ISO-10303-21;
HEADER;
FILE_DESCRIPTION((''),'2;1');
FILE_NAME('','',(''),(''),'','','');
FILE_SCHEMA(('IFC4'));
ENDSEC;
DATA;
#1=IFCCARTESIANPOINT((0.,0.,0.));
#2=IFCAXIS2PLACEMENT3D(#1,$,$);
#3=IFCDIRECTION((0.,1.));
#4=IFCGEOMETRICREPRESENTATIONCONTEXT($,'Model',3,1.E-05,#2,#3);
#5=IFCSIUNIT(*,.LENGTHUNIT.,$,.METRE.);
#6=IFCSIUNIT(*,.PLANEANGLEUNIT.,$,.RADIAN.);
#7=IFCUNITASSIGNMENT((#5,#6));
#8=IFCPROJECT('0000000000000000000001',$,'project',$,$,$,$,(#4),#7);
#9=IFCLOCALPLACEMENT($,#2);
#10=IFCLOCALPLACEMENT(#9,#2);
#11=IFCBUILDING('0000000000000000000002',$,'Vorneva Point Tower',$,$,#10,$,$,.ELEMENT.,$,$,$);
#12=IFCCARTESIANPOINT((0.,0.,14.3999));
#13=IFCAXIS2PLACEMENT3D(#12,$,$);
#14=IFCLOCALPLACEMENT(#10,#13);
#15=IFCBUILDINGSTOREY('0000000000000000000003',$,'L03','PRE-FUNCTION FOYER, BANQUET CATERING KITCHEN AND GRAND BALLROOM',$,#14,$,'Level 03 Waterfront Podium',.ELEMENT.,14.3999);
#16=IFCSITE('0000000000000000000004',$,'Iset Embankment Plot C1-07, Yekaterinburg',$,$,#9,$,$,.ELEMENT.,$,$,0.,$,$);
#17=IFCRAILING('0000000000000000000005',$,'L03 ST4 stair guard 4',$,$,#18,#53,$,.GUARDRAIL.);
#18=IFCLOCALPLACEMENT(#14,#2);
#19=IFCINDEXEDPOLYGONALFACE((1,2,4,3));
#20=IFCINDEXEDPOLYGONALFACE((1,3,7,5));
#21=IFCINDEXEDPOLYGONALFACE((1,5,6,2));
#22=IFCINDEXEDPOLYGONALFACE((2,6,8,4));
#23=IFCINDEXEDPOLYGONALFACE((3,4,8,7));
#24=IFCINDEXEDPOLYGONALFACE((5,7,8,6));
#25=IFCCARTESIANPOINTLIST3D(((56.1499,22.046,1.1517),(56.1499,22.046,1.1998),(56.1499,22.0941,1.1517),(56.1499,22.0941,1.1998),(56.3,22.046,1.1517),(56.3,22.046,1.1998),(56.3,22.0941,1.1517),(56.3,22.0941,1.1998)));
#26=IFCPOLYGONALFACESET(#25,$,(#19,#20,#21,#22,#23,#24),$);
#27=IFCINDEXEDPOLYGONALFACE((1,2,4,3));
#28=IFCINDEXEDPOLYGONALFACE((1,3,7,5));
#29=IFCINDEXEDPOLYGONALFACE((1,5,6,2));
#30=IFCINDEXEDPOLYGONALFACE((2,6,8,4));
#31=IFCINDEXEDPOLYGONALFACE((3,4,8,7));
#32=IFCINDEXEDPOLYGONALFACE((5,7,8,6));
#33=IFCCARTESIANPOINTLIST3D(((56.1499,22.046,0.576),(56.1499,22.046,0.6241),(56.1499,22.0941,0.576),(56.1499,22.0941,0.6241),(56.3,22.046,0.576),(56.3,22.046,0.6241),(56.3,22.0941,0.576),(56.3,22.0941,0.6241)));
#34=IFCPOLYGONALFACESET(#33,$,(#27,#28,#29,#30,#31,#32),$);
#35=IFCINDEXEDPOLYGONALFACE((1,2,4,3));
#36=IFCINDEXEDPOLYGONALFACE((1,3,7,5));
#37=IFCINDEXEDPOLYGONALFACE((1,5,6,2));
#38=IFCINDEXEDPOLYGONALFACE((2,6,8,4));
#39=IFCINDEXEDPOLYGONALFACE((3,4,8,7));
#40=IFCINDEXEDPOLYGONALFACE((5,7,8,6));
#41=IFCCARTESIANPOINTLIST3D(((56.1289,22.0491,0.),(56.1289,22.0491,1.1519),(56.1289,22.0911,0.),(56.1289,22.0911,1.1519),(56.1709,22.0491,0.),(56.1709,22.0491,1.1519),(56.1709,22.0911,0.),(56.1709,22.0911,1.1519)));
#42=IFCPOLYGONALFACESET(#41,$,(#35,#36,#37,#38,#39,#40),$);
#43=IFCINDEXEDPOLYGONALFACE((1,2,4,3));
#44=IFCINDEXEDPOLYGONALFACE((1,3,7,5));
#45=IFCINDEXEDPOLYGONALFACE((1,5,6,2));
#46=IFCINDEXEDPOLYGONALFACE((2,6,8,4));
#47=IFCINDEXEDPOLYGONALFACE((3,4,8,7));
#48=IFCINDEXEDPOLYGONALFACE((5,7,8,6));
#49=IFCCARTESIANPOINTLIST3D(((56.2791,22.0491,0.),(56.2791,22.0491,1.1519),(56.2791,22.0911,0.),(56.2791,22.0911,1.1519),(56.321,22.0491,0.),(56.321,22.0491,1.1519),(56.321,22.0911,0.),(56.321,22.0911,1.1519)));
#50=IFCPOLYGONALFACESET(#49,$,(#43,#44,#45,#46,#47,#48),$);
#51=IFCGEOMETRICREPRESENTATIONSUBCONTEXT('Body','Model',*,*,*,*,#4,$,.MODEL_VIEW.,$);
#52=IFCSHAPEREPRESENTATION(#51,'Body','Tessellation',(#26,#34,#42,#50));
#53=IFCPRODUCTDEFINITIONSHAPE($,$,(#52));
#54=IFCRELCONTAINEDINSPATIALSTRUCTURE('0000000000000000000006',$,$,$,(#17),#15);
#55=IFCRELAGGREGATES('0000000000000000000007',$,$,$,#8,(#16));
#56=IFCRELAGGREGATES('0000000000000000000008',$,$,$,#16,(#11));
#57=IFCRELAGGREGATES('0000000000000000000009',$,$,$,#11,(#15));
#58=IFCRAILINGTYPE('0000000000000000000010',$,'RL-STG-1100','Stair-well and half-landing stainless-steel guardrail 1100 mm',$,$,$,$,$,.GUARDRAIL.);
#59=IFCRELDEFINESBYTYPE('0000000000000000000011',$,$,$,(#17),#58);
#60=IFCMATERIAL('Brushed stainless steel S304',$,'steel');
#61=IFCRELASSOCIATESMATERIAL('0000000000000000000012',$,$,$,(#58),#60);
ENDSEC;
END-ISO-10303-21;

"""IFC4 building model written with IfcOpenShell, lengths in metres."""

from ifc_helpers import new_model, si_unit, direction, frame, origin, origin_2d, place, context, subcontext, project, spatial, rectangle, extrude, material, type_object, element, save


model = new_model("IFC4")

# Units and contexts
model_context = context("Model", 3, precision=1e-05, world=origin(), true_north=direction((0.0, 1.0)))
body_context = subcontext(model_context, "Body", "Model", "MODEL_VIEW")
ifc_project = project(units=[si_unit("LENGTHUNIT", "METRE"), si_unit("PLANEANGLEUNIT", "RADIAN")], contexts=[model_context])

# Site, building, storey
site_placement = place(None, origin())
site = spatial("IfcSite", under=ifc_project, at=site_placement, Name="Iset Embankment Plot C1-07, Yekaterinburg", CompositionType="ELEMENT", RefElevation=0.0)
building_placement = place(site_placement, origin())
building = spatial("IfcBuilding", under=site, at=building_placement, Name="Vorneva Point Tower", CompositionType="ELEMENT")
storey_placement = place(building_placement, frame((0.0, 0.0, 14.3999)))
storey = spatial("IfcBuildingStorey", under=building, at=storey_placement, Name="L03", Description="PRE-FUNCTION FOYER, BANQUET CATERING KITCHEN AND GRAND BALLROOM", LongName="Level 03 Waterfront Podium", CompositionType="ELEMENT", Elevation=14.3999)

# Railing
ifc_material_1 = material(Name="Brushed stainless steel S304", Category="steel")
railing_type_1 = type_object("IfcRailingType", Name="RL-STG-1100", Description="Stair-well and half-landing stainless-steel guardrail 1100 mm", PredefinedType="GUARDRAIL", material=ifc_material_1)
railing_1_placement = place(storey_placement, frame((56.1499, 22.0701, 0.0)))
element("IfcRailing", 1, at=railing_1_placement, inside=storey, type_object=railing_type_1, Name="L03 ST4 stair guard 4", PredefinedType="GUARDRAIL", context=body_context, shape_type="SweptSolid", body=[
    extrude(rectangle(XDim=0.0481, YDim=0.0481, at=origin_2d()), frame((0.0, 0.0, 1.1758), z_axis=(1.0, 0.0, 0.0), x_axis=(0.0, 1.0, 0.0)), (0.0, 0.0, 1.0), 0.1501),
    extrude(rectangle(XDim=0.0481, YDim=0.0481, at=origin_2d()), frame((0.0, 0.0, 0.6001), z_axis=(1.0, 0.0, 0.0), x_axis=(0.0, 1.0, 0.0)), (0.0, 0.0, 1.0), 0.1501),
    extrude(rectangle(XDim=0.042, YDim=0.042, at=origin_2d()), origin(), (0.0, 0.0, 1.0), 1.1519),
    extrude(rectangle(XDim=0.042, YDim=0.042, at=origin_2d()), frame((0.1501, 0.0, 0.0)), (0.0, 0.0, 1.0), 1.1519),
])

save(model, "model.ifc")
